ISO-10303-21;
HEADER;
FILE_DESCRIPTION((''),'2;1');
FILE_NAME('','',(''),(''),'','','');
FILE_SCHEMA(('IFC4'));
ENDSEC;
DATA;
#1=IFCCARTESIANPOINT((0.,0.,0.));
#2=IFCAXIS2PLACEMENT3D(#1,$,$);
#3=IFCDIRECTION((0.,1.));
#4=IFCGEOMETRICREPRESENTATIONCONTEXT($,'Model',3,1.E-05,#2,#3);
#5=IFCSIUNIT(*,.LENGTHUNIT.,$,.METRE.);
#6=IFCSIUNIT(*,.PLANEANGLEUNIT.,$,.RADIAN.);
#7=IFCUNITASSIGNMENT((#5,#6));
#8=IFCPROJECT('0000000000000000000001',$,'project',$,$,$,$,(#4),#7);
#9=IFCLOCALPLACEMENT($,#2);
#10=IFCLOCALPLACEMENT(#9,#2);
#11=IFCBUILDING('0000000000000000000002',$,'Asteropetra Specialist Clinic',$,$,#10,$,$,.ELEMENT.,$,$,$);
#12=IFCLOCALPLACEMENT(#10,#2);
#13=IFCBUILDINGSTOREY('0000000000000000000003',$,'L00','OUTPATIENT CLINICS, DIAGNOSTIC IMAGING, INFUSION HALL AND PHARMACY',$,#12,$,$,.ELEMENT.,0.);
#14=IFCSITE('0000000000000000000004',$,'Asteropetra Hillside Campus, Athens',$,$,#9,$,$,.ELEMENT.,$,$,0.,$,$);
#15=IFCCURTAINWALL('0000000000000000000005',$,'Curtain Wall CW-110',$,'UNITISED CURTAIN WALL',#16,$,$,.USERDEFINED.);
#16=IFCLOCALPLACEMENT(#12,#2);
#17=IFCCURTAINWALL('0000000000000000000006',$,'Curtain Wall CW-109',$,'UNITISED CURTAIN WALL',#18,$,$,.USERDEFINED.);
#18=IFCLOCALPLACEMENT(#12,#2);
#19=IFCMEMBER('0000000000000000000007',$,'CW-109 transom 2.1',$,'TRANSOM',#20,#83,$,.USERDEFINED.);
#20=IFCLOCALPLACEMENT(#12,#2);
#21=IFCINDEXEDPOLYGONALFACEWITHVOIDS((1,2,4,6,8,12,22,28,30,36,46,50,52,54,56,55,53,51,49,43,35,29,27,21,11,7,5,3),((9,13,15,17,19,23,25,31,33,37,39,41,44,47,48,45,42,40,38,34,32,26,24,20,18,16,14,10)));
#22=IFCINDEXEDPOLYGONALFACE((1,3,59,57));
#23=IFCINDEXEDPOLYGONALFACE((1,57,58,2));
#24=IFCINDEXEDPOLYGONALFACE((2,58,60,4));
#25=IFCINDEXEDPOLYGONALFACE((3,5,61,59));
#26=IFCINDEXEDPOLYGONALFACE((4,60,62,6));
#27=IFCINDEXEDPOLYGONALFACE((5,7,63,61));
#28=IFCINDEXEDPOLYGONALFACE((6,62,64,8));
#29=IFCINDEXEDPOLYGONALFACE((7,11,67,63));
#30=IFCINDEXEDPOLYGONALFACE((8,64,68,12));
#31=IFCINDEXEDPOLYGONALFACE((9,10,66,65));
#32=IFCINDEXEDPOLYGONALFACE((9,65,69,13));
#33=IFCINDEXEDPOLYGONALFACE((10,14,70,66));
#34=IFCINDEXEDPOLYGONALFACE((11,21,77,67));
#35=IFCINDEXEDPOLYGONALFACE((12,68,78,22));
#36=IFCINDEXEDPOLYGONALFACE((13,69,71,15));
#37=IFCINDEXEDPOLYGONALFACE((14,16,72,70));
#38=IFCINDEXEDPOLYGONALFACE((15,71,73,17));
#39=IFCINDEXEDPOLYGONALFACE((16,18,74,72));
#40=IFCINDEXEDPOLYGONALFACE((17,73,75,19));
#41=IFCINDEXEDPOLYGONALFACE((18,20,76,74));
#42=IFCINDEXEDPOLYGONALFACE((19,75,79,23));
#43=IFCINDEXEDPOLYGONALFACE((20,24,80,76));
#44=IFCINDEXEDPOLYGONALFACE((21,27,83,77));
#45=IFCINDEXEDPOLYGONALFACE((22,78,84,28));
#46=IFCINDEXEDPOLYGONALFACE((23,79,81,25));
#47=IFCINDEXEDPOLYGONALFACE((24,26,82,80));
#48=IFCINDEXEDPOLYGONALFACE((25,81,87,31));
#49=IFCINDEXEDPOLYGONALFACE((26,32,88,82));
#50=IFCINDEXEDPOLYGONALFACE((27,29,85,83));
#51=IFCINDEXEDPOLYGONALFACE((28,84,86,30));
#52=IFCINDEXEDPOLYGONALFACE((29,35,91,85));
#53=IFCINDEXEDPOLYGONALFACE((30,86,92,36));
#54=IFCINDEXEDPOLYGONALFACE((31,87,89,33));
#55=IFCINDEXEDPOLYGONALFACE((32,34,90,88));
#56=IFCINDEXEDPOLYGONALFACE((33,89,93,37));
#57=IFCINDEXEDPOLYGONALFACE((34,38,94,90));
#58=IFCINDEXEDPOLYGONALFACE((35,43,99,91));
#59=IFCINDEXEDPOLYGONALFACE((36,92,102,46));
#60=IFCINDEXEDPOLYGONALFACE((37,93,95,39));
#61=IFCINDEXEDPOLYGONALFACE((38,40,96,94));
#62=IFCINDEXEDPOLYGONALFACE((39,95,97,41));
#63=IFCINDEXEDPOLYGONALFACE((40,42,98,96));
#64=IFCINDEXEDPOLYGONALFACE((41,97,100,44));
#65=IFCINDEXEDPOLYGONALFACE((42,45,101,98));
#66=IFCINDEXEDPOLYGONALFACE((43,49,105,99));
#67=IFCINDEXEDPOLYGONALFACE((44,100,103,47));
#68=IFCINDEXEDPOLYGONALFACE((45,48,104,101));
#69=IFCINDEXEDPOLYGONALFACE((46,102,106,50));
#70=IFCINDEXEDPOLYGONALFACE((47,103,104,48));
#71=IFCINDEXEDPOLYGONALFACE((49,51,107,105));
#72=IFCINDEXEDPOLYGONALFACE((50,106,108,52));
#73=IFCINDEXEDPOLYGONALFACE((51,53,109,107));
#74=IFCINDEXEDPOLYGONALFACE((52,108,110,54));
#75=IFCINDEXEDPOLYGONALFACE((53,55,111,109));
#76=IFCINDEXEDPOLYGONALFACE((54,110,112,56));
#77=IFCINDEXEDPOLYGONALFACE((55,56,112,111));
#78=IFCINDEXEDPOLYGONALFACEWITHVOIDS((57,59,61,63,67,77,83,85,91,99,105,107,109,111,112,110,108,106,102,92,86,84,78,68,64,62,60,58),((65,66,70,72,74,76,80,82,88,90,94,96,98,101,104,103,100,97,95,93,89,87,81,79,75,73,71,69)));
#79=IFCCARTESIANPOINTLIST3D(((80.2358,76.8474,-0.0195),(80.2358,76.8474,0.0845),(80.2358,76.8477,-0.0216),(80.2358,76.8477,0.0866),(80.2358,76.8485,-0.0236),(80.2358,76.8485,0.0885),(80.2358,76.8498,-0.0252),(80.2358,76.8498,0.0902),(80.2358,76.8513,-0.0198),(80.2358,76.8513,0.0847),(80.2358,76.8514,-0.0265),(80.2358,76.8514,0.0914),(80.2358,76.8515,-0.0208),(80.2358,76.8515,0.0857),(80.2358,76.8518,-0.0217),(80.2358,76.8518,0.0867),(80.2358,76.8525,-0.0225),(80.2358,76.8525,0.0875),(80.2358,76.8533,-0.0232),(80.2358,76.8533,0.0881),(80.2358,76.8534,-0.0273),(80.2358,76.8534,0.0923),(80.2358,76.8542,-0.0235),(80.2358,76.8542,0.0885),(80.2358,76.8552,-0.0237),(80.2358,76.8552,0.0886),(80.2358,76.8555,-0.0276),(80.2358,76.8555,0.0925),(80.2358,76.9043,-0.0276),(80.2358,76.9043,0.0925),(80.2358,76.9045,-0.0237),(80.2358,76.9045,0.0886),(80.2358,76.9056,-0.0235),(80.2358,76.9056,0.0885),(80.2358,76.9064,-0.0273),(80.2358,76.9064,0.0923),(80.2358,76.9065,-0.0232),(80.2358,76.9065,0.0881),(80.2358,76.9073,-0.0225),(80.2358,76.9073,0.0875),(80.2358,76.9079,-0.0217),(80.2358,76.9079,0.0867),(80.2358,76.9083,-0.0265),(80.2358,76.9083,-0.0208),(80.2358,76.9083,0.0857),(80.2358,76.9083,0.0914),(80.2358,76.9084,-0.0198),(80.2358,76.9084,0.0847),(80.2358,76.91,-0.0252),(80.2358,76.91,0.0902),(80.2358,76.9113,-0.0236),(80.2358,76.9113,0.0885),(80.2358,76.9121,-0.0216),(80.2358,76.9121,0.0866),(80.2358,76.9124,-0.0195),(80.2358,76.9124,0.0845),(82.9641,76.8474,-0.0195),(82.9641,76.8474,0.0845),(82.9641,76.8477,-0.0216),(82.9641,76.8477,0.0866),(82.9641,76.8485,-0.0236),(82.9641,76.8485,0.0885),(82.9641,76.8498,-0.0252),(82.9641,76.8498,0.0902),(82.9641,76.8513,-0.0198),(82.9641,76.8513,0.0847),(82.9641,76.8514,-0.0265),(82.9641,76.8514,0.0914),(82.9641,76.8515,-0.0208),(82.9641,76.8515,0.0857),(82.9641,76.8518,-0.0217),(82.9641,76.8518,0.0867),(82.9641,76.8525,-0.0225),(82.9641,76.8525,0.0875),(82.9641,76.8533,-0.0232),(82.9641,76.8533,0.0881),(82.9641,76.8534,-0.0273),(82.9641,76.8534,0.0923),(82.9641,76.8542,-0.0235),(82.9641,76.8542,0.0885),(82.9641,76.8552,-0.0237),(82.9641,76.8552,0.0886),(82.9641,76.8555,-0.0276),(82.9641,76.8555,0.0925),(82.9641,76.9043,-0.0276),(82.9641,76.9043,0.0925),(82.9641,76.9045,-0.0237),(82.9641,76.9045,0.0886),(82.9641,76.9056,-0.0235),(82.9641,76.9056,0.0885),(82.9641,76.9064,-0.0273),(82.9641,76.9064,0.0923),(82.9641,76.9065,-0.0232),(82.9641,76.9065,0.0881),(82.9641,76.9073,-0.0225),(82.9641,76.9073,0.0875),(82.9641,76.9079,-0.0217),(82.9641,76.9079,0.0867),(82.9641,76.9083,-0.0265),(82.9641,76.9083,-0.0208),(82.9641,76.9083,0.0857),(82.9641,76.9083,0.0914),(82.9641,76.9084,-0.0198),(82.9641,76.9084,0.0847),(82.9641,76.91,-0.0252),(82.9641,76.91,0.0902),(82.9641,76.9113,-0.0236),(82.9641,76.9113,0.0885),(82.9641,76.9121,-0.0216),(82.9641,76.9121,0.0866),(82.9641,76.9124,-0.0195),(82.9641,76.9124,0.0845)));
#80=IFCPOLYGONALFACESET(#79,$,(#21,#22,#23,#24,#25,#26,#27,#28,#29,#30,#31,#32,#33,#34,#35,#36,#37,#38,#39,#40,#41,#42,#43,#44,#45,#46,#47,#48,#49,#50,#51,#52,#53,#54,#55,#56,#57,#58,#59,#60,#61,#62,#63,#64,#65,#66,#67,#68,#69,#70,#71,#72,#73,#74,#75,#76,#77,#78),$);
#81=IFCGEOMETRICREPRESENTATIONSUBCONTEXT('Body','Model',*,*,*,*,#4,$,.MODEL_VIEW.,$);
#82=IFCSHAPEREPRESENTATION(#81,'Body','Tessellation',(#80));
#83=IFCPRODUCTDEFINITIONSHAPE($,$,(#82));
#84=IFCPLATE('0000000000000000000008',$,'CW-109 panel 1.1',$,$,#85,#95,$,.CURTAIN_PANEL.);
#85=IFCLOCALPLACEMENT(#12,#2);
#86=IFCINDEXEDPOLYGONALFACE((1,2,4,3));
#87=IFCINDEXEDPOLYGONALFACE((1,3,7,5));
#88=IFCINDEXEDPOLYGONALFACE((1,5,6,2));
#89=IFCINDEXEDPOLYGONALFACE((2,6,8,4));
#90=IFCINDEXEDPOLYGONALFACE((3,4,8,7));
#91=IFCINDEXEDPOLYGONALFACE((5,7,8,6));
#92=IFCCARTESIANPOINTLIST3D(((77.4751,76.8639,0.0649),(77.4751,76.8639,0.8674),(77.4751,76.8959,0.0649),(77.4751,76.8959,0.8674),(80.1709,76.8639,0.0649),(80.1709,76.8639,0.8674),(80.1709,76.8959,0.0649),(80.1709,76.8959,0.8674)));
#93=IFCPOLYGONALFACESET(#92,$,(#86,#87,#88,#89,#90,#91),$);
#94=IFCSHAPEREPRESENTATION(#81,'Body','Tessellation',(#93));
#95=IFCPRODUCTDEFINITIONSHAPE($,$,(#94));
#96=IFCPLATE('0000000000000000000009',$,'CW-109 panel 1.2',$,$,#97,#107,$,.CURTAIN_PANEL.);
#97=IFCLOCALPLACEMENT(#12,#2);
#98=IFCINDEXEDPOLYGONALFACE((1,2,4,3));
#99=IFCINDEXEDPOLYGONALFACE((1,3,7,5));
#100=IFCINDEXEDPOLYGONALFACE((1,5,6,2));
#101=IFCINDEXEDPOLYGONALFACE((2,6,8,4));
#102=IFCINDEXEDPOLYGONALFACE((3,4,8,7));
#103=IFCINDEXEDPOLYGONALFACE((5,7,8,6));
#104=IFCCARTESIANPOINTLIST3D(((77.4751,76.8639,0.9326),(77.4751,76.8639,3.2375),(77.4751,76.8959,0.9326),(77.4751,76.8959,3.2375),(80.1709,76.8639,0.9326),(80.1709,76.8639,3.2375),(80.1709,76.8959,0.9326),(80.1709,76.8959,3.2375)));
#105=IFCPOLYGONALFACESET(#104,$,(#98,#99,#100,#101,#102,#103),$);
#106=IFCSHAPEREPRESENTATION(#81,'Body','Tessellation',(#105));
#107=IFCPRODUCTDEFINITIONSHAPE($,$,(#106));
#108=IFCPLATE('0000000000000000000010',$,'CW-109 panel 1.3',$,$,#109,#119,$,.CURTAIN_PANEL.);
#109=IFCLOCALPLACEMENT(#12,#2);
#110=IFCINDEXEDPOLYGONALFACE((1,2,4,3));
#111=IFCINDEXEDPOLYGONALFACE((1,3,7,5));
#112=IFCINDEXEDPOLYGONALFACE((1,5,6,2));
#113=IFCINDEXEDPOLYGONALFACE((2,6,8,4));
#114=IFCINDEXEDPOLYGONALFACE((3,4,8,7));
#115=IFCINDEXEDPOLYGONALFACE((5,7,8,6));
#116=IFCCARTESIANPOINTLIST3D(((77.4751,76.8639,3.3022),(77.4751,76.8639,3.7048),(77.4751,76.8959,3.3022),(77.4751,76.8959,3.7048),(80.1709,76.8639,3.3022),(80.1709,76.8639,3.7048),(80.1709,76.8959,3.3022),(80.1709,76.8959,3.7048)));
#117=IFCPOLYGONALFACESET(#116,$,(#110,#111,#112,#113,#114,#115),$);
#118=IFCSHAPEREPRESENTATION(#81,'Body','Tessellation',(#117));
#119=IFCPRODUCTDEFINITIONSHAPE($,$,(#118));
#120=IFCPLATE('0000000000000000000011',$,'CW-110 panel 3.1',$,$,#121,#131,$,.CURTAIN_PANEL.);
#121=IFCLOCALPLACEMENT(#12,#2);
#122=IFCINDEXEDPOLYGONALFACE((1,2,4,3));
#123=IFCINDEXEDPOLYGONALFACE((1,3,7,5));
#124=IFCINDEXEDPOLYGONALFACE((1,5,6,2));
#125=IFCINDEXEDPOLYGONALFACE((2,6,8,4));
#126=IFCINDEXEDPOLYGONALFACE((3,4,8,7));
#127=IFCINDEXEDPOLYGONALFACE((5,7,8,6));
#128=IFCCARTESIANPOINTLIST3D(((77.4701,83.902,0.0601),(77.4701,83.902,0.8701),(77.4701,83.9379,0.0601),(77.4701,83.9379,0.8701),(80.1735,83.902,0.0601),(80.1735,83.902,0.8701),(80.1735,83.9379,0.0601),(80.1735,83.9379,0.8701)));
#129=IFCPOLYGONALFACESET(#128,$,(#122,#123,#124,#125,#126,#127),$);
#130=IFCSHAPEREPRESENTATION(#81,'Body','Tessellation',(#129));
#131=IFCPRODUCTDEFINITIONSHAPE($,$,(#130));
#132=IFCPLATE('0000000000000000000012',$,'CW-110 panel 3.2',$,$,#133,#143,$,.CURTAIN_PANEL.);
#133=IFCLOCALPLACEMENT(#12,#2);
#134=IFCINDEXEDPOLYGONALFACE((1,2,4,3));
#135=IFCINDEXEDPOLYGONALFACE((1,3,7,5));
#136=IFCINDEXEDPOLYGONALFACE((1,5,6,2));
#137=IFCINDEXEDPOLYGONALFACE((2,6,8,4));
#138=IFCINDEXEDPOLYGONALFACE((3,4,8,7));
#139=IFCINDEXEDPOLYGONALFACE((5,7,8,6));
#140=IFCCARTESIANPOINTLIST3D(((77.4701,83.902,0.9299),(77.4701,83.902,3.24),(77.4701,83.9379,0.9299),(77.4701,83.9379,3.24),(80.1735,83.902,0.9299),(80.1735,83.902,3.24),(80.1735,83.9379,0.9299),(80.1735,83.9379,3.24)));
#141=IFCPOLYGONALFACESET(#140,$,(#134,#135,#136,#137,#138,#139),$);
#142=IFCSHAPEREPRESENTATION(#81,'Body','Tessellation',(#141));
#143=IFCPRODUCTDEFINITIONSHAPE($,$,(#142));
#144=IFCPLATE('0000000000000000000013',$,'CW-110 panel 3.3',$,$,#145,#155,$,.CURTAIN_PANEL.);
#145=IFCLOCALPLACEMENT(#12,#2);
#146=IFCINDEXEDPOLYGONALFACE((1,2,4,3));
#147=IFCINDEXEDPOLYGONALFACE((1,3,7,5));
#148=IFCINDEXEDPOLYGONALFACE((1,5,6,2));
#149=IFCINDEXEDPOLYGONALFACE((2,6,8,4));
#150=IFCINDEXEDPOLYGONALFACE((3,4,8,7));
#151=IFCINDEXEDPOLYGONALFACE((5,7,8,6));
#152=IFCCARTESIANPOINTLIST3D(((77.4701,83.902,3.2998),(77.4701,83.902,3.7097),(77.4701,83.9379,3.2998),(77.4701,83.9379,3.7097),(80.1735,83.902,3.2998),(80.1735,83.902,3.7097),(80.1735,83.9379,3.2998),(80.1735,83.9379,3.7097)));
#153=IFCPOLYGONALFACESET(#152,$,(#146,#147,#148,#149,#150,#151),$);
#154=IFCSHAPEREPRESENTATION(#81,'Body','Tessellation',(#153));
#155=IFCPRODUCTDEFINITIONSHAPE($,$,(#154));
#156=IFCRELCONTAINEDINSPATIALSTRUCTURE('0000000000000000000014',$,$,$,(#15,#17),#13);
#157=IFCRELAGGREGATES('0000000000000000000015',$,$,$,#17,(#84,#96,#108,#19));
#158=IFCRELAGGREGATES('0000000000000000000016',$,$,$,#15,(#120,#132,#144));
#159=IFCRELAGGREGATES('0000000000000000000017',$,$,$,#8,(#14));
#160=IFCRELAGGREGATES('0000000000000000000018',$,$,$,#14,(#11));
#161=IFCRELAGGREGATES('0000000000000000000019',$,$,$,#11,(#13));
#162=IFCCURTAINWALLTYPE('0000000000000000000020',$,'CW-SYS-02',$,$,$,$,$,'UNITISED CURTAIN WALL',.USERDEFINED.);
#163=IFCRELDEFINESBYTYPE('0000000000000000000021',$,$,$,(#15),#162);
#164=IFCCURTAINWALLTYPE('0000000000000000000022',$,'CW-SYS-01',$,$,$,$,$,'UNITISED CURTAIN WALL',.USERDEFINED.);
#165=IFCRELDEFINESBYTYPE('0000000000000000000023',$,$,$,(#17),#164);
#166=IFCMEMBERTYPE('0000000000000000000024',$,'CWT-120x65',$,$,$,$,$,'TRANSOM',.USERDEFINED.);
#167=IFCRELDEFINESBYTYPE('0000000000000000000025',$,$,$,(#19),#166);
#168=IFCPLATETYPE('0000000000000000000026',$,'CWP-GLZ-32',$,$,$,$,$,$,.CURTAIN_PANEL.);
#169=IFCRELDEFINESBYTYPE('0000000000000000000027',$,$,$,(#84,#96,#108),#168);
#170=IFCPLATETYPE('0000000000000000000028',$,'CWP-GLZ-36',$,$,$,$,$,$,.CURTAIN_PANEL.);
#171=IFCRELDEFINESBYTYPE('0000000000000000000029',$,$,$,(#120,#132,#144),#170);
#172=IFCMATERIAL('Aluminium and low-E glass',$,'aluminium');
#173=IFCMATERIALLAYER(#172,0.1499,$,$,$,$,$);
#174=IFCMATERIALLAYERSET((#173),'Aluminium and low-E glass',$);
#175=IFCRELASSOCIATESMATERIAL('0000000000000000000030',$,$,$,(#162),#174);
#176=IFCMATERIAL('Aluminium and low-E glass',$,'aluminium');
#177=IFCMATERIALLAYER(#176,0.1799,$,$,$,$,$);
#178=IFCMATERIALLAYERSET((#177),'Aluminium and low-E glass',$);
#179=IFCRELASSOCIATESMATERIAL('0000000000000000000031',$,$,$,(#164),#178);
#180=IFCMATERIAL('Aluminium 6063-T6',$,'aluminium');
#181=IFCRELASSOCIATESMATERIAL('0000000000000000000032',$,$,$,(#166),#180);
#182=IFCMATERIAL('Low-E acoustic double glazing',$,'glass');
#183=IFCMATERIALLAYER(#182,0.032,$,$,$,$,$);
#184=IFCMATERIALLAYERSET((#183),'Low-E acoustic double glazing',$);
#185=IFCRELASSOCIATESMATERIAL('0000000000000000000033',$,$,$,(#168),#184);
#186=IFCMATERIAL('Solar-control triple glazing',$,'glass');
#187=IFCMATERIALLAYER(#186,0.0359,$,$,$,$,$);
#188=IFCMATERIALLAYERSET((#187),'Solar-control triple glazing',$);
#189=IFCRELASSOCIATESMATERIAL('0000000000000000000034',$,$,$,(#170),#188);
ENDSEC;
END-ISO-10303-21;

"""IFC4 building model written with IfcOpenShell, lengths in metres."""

from ifc_helpers import new_model, si_unit, direction, frame, origin, origin_2d, place, context, subcontext, project, spatial, rectangle, hollow_rectangle, extrude, material, layer, layer_set, material_profile, profile_set, type_object, element, aggregate, save


model = new_model("IFC4")

# Units and contexts
model_context = context("Model", 3, precision=1e-05, world=origin(), true_north=direction((0.0, 1.0)))
body_context = subcontext(model_context, "Body", "Model", "MODEL_VIEW")
ifc_project = project(units=[si_unit("LENGTHUNIT", "METRE"), si_unit("PLANEANGLEUNIT", "RADIAN")], contexts=[model_context])

# Site, building, storey
site_placement = place(None, origin())
site = spatial("IfcSite", under=ifc_project, at=site_placement, Name="Asteropetra Hillside Campus, Athens", CompositionType="ELEMENT", RefElevation=0.0)
building_placement = place(site_placement, origin())
building = spatial("IfcBuilding", under=site, at=building_placement, Name="Asteropetra Specialist Clinic", CompositionType="ELEMENT")
storey_placement = place(building_placement, origin())
storey = spatial("IfcBuildingStorey", under=building, at=storey_placement, Name="L00", Description="OUTPATIENT CLINICS, DIAGNOSTIC IMAGING, INFUSION HALL AND PHARMACY", CompositionType="ELEMENT", Elevation=0.0)

# Curtain wall
ifc_material_1 = material(Name="Aluminium and low-E glass", Category="aluminium")
ifc_layer_1 = layer(ifc_material_1, 0.1499)
ifc_layer_set_1 = layer_set([ifc_layer_1], Name="Aluminium and low-E glass")
curtain_wall_type_1 = type_object("IfcCurtainWallType", Name="CW-SYS-02", ElementType="UNITISED CURTAIN WALL", PredefinedType="USERDEFINED", material=ifc_layer_set_1)
curtain_wall_1_placement = place(storey_placement, origin())
curtain_wall_1 = element("IfcCurtainWall", 1, at=curtain_wall_1_placement, inside=storey, type_object=curtain_wall_type_1, Name="Curtain Wall CW-110", ObjectType="UNITISED CURTAIN WALL", PredefinedType="USERDEFINED")

# Curtain wall
ifc_material_2 = material(Name="Aluminium and low-E glass", Category="aluminium")
ifc_layer_2 = layer(ifc_material_2, 0.1799)
ifc_layer_set_2 = layer_set([ifc_layer_2], Name="Aluminium and low-E glass")
curtain_wall_type_2 = type_object("IfcCurtainWallType", Name="CW-SYS-01", ElementType="UNITISED CURTAIN WALL", PredefinedType="USERDEFINED", material=ifc_layer_set_2)
curtain_wall_2_placement = place(storey_placement, origin())
curtain_wall_2 = element("IfcCurtainWall", 2, at=curtain_wall_2_placement, inside=storey, type_object=curtain_wall_type_2, Name="Curtain Wall CW-109", ObjectType="UNITISED CURTAIN WALL", PredefinedType="USERDEFINED")

# Member
ifc_material_3 = material(Name="Aluminium 6063-T6", Category="aluminium")
ifc_material_profile_1 = material_profile(ifc_material_3, hollow_rectangle(XDim=0.0649, YDim=0.1201, WallThickness=0.0039, InnerFilletRadius=0.0039, OuterFilletRadius=0.0081, at=origin_2d()), Name="TRN 120x65x4.0")
ifc_profile_set_1 = profile_set([ifc_material_profile_1], Name="Aluminium 6063-T6")
member_type_1 = type_object("IfcMemberType", Name="CWT-120x65", ElementType="TRANSOM", PredefinedType="USERDEFINED", material=ifc_profile_set_1)
member_1_placement = place(storey_placement, frame((80.2358, 76.8799, 0.0325), z_axis=(1.0, 0.0, 0.0), x_axis=(0.0, 1.0, 0.0)))
member_1 = element("IfcMember", 3, at=member_1_placement, type_object=member_type_1, Name="CW-109 transom 2.1", ObjectType="TRANSOM", PredefinedType="USERDEFINED", context=body_context, shape_type="SweptSolid", body=[
    extrude(hollow_rectangle(XDim=0.0649, YDim=0.1201, WallThickness=0.0039, InnerFilletRadius=0.0039, OuterFilletRadius=0.0081, at=origin_2d()), origin(), (0.0, 0.0, 1.0), 2.7283),
])

# Plates
ifc_material_4 = material(Name="Low-E acoustic double glazing", Category="glass")
ifc_layer_3 = layer(ifc_material_4, 0.032)
ifc_layer_set_3 = layer_set([ifc_layer_3], Name="Low-E acoustic double glazing")
plate_type_1 = type_object("IfcPlateType", Name="CWP-GLZ-32", PredefinedType="CURTAIN_PANEL", material=ifc_layer_set_3)
plate_1_placement = place(storey_placement, frame((78.823, 76.8799, 0.0649), z_axis=(0.0, 0.0, 1.0), x_axis=(1.0, 0.0, 0.0)))
plate_1 = element("IfcPlate", 4, at=plate_1_placement, type_object=plate_type_1, Name="CW-109 panel 1.1", PredefinedType="CURTAIN_PANEL", context=body_context, shape_type="SweptSolid", body=[
    extrude(rectangle(XDim=2.6958, YDim=0.032, at=origin_2d()), origin(), (0.0, 0.0, 1.0), 0.8025),
])
plate_2_placement = place(storey_placement, frame((78.823, 76.8799, 0.9326), z_axis=(0.0, 0.0, 1.0), x_axis=(1.0, 0.0, 0.0)))
plate_2 = element("IfcPlate", 5, at=plate_2_placement, type_object=plate_type_1, Name="CW-109 panel 1.2", PredefinedType="CURTAIN_PANEL", context=body_context, shape_type="SweptSolid", body=[
    extrude(rectangle(XDim=2.6958, YDim=0.032, at=origin_2d()), origin(), (0.0, 0.0, 1.0), 2.3049),
])
plate_3_placement = place(storey_placement, frame((78.823, 76.8799, 3.3022), z_axis=(0.0, 0.0, 1.0), x_axis=(1.0, 0.0, 0.0)))
plate_3 = element("IfcPlate", 6, at=plate_3_placement, type_object=plate_type_1, Name="CW-109 panel 1.3", PredefinedType="CURTAIN_PANEL", context=body_context, shape_type="SweptSolid", body=[
    extrude(rectangle(XDim=2.6958, YDim=0.032, at=origin_2d()), origin(), (0.0, 0.0, 1.0), 0.4026),
])
aggregate(curtain_wall_2, [plate_1, plate_2, plate_3, member_1])
ifc_material_5 = material(Name="Solar-control triple glazing", Category="glass")
ifc_layer_4 = layer(ifc_material_5, 0.0359)
ifc_layer_set_4 = layer_set([ifc_layer_4], Name="Solar-control triple glazing")
plate_type_2 = type_object("IfcPlateType", Name="CWP-GLZ-36", PredefinedType="CURTAIN_PANEL", material=ifc_layer_set_4)
plate_4_placement = place(storey_placement, frame((78.8218, 83.9199, 0.0601), z_axis=(0.0, 0.0, 1.0), x_axis=(-1.0, 0.0, 0.0)))
plate_4 = element("IfcPlate", 7, at=plate_4_placement, type_object=plate_type_2, Name="CW-110 panel 3.1", PredefinedType="CURTAIN_PANEL", context=body_context, shape_type="SweptSolid", body=[
    extrude(rectangle(XDim=2.7034, YDim=0.0359, at=origin_2d()), origin(), (0.0, 0.0, 1.0), 0.8101),
])
plate_5_placement = place(storey_placement, frame((78.8218, 83.9199, 0.9299), z_axis=(0.0, 0.0, 1.0), x_axis=(-1.0, 0.0, 0.0)))
plate_5 = element("IfcPlate", 8, at=plate_5_placement, type_object=plate_type_2, Name="CW-110 panel 3.2", PredefinedType="CURTAIN_PANEL", context=body_context, shape_type="SweptSolid", body=[
    extrude(rectangle(XDim=2.7034, YDim=0.0359, at=origin_2d()), origin(), (0.0, 0.0, 1.0), 2.3101),
])
plate_6_placement = place(storey_placement, frame((78.8218, 83.9199, 3.2998), z_axis=(0.0, 0.0, 1.0), x_axis=(-1.0, 0.0, 0.0)))
plate_6 = element("IfcPlate", 9, at=plate_6_placement, type_object=plate_type_2, Name="CW-110 panel 3.3", PredefinedType="CURTAIN_PANEL", context=body_context, shape_type="SweptSolid", body=[
    extrude(rectangle(XDim=2.7034, YDim=0.0359, at=origin_2d()), origin(), (0.0, 0.0, 1.0), 0.4099),
])
aggregate(curtain_wall_1, [plate_4, plate_5, plate_6])

save(model, "model.ifc")
